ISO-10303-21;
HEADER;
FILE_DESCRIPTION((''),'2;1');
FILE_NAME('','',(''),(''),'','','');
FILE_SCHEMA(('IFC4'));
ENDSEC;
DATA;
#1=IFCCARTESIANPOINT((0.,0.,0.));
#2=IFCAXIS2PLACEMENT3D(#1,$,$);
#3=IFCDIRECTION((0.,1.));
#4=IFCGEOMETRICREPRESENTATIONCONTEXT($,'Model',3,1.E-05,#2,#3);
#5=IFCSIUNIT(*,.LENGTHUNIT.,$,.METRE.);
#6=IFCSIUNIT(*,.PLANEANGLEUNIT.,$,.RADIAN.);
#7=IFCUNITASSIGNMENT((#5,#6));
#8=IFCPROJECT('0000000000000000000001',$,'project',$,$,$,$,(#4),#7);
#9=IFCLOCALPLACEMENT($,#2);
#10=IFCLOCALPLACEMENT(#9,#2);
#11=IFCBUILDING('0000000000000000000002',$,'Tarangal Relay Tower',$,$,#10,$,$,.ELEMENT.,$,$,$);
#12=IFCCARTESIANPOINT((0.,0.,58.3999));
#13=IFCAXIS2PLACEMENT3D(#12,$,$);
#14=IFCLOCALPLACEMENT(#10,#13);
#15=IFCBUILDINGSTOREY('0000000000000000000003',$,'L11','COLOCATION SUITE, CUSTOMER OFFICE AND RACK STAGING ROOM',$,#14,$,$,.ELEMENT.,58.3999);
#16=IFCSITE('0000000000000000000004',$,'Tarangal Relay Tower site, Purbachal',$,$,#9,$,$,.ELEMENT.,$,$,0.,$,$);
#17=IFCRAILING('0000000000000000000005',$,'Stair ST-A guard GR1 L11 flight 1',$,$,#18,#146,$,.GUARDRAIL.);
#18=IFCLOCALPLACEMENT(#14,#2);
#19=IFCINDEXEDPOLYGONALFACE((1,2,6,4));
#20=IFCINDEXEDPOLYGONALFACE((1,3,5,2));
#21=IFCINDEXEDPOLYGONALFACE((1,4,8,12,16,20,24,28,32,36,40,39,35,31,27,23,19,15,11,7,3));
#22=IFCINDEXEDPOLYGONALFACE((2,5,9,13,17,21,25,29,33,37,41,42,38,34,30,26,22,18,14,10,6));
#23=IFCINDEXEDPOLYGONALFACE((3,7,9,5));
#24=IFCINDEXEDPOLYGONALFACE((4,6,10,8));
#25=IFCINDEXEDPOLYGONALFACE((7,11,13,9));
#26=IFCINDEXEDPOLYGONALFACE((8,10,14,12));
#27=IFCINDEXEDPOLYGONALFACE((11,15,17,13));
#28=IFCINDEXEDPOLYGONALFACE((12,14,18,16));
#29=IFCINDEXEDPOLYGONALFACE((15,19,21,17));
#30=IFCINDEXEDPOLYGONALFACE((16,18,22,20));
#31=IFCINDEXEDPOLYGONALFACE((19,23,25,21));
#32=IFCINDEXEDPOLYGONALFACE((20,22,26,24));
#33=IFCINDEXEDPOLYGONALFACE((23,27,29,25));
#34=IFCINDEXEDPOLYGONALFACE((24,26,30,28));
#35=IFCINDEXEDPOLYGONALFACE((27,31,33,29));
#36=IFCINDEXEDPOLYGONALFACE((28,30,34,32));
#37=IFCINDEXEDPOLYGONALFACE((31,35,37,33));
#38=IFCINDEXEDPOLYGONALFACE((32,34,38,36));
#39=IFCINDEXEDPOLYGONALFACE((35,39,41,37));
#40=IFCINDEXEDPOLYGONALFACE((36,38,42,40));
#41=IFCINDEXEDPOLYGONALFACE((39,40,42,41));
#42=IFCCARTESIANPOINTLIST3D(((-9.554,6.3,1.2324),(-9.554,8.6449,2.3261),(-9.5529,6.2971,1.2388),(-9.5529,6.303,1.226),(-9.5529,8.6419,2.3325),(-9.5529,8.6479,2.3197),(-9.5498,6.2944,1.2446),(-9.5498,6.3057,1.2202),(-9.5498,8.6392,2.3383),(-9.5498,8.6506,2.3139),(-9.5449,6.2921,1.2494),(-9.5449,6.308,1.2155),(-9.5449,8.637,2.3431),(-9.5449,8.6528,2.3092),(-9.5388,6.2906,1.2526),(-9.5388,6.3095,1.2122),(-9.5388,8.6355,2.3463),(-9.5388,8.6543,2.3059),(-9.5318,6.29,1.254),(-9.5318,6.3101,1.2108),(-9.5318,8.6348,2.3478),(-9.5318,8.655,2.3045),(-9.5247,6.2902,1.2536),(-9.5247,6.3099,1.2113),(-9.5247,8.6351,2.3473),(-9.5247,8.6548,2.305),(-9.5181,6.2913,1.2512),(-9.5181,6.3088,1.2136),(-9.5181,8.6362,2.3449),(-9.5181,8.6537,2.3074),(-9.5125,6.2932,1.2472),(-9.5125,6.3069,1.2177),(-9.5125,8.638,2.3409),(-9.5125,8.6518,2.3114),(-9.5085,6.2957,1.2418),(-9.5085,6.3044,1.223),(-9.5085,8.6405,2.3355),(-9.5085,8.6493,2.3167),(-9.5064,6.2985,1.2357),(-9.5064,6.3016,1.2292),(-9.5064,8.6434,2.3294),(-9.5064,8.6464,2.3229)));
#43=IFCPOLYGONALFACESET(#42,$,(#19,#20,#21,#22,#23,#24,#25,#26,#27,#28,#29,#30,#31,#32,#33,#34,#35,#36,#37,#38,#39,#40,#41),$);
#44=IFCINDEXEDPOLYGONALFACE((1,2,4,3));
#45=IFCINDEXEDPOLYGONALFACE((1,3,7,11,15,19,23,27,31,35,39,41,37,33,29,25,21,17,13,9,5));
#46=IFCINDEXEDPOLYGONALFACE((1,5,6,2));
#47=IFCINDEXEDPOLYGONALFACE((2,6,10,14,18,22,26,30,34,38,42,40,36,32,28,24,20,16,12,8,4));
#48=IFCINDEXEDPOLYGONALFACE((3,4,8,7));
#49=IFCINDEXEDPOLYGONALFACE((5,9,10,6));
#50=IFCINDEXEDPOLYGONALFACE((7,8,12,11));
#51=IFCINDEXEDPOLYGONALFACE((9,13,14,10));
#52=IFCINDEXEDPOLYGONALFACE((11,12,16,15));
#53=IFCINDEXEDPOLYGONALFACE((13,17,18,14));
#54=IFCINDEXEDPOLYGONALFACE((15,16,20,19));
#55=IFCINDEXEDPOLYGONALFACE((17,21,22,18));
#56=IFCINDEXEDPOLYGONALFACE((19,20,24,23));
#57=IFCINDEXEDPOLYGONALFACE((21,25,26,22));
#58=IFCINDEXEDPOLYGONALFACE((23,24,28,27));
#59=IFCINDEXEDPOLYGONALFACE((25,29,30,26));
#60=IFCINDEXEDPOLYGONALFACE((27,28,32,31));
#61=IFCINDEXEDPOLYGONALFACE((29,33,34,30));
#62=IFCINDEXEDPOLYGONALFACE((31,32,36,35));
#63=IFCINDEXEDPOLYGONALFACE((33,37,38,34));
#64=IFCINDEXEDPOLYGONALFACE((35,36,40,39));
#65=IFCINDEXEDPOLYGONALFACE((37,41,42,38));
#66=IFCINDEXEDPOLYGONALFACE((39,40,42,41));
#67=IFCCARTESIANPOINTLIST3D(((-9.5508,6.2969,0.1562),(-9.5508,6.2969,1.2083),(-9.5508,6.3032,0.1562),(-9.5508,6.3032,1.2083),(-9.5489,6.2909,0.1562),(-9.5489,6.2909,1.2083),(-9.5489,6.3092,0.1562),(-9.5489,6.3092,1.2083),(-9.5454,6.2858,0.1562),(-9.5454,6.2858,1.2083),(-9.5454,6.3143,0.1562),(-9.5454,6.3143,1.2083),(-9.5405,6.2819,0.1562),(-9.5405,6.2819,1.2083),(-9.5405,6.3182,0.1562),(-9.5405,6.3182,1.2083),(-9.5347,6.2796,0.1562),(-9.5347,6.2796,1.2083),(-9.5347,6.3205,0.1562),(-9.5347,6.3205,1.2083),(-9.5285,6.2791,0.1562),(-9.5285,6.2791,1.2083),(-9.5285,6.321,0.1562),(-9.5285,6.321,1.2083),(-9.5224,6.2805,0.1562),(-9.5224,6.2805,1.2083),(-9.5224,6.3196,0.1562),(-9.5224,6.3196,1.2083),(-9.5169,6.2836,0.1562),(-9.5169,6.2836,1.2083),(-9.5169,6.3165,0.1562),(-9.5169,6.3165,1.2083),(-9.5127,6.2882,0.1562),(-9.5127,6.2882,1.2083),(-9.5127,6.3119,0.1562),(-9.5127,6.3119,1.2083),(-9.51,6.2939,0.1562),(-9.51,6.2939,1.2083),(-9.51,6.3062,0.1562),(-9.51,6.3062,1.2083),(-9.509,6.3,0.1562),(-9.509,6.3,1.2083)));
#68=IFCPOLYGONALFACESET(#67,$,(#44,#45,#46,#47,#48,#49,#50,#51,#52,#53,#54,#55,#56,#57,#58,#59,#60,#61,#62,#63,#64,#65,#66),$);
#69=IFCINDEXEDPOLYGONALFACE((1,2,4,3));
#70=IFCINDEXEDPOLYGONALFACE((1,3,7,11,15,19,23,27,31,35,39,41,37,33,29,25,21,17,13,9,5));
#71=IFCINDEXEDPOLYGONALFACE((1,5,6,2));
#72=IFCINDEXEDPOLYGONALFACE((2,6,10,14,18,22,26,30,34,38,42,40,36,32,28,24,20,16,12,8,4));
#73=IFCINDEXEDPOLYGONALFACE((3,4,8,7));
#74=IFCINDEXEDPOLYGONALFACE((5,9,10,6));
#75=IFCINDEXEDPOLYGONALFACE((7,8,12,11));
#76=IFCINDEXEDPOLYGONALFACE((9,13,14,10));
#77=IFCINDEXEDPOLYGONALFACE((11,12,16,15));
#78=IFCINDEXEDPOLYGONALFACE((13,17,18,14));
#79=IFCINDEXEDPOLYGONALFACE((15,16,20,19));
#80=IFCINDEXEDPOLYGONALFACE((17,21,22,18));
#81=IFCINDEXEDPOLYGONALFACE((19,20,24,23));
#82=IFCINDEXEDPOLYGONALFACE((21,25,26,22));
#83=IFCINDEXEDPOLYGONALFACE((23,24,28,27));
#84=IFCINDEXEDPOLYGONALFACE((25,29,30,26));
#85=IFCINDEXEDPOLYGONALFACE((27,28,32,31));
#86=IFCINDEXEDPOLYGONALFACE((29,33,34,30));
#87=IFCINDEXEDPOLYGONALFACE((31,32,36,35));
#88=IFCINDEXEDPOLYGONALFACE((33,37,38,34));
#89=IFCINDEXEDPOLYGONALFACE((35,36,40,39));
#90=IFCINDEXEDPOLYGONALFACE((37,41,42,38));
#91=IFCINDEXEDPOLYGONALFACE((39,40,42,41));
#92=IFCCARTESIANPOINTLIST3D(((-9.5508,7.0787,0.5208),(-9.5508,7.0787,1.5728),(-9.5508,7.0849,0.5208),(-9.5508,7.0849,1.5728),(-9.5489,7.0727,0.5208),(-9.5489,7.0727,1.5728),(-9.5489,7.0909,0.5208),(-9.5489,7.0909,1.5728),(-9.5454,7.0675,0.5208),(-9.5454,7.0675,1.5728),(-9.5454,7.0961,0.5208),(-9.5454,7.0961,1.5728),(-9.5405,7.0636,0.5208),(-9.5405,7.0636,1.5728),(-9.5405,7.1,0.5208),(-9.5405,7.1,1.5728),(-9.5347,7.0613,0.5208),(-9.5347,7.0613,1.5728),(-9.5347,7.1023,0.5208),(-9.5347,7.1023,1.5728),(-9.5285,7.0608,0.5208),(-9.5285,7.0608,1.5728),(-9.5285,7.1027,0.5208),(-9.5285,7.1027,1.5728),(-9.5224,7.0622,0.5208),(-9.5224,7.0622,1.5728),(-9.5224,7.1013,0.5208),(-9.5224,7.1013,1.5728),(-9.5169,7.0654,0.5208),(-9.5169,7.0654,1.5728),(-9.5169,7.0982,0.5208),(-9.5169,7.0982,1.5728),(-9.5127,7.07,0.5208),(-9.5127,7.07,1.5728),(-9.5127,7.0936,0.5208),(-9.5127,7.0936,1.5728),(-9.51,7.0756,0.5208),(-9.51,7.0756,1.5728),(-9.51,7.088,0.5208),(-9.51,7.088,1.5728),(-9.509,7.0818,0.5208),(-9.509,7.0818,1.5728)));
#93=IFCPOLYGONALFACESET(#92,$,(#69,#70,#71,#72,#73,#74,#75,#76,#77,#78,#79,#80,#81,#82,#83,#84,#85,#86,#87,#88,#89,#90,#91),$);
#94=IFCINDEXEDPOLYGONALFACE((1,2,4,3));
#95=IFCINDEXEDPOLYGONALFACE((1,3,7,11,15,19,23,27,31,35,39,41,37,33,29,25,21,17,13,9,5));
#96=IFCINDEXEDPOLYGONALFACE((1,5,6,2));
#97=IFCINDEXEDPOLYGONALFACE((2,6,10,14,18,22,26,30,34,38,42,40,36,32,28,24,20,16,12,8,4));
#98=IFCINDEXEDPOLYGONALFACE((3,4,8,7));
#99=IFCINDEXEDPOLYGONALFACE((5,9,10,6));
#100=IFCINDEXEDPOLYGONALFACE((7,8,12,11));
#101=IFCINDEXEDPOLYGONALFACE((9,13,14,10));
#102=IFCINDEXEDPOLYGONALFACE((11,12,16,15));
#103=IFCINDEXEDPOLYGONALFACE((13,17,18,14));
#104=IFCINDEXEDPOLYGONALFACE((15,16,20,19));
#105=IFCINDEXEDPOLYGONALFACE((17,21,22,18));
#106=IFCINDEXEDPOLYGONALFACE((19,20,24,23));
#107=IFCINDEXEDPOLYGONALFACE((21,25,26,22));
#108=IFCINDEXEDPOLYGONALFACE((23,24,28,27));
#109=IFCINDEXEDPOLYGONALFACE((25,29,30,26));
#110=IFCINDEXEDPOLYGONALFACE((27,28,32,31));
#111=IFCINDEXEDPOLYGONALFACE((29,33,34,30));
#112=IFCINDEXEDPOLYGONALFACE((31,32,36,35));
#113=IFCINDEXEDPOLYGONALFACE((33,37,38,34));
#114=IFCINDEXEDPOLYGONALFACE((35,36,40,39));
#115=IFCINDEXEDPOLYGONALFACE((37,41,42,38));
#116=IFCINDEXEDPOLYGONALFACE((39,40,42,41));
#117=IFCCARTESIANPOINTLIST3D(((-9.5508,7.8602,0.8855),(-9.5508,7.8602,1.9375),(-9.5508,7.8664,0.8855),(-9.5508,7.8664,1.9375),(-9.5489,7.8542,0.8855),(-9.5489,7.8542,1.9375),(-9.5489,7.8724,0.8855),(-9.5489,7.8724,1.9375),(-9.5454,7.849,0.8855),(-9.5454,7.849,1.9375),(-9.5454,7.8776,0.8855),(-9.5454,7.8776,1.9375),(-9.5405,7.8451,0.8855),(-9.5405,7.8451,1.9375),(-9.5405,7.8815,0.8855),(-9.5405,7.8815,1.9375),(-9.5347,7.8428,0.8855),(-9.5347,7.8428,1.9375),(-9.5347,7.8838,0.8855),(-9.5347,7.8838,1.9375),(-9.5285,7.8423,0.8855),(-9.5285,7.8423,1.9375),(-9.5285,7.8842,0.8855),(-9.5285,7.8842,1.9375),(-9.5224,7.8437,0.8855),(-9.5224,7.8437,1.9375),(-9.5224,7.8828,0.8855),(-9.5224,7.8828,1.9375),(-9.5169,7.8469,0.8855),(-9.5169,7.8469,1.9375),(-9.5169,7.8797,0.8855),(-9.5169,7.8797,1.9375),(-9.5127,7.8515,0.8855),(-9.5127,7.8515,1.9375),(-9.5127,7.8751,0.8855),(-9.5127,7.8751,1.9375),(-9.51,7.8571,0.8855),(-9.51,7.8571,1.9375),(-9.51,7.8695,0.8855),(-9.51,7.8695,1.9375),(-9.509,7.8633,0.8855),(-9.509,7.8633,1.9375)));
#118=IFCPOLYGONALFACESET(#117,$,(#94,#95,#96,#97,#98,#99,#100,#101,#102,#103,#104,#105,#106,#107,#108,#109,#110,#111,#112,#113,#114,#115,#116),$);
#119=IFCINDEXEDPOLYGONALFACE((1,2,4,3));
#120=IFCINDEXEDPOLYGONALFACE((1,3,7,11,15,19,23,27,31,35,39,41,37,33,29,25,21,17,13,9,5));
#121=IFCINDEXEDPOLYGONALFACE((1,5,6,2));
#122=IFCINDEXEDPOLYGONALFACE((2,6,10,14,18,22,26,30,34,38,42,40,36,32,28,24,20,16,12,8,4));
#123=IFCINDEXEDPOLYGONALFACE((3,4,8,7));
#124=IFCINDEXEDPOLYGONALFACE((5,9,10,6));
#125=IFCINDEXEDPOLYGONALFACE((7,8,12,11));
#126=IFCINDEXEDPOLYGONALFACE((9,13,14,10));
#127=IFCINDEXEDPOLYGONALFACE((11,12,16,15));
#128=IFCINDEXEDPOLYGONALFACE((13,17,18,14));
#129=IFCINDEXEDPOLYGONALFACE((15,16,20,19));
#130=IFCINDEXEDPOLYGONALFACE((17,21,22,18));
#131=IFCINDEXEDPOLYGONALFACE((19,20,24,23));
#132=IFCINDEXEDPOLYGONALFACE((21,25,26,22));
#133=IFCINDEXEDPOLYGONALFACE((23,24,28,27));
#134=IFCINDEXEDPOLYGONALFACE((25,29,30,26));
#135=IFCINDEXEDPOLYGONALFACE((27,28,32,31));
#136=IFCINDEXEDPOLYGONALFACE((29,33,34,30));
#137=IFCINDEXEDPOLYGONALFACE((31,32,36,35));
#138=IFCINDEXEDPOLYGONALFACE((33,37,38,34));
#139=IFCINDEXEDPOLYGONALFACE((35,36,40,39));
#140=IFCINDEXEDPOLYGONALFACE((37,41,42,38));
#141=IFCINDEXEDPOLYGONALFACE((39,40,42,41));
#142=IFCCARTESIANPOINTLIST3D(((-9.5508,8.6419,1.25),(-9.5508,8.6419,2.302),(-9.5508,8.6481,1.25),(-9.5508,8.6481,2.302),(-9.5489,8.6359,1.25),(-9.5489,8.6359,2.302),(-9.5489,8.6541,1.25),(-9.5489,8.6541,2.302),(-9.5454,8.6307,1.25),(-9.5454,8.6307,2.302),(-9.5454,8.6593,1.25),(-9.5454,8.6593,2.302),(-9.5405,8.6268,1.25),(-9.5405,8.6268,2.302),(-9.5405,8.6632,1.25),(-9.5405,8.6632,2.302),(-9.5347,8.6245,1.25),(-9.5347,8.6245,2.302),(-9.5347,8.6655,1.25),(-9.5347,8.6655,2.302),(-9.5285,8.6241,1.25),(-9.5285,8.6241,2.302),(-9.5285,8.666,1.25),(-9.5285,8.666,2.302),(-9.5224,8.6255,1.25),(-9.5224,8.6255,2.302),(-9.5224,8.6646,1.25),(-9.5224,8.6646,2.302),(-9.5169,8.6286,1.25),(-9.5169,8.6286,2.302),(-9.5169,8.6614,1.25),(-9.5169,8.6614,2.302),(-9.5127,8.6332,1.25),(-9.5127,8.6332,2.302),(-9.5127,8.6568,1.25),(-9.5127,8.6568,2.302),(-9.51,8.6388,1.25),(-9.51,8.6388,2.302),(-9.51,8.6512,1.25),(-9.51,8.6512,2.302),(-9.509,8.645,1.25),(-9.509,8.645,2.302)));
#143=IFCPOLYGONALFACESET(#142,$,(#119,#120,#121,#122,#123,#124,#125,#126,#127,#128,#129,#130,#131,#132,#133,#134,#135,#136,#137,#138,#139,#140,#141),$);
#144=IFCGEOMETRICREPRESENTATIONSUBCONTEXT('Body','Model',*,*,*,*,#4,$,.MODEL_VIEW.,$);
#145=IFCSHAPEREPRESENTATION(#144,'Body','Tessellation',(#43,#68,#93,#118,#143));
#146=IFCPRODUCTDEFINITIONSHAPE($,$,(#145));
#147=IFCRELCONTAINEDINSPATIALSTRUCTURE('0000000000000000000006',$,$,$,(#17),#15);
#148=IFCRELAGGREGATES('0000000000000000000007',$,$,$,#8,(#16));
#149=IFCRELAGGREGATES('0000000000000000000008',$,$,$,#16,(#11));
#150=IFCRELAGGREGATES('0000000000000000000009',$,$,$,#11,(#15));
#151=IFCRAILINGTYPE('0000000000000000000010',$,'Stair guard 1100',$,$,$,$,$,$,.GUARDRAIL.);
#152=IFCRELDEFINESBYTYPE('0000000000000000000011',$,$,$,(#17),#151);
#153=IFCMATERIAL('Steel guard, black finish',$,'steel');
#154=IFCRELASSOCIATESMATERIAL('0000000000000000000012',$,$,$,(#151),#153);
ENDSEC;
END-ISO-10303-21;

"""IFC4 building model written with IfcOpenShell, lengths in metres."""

from ifc_helpers import new_model, si_unit, direction, frame, origin, origin_2d, place, context, subcontext, project, spatial, circle, extrude, material, type_object, element, save


model = new_model("IFC4")

# Units and contexts
model_context = context("Model", 3, precision=1e-05, world=origin(), true_north=direction((0.0, 1.0)))
body_context = subcontext(model_context, "Body", "Model", "MODEL_VIEW")
ifc_project = project(units=[si_unit("LENGTHUNIT", "METRE"), si_unit("PLANEANGLEUNIT", "RADIAN")], contexts=[model_context])

# Site, building, storey
site_placement = place(None, origin())
site = spatial("IfcSite", under=ifc_project, at=site_placement, Name="Tarangal Relay Tower site, Purbachal", CompositionType="ELEMENT", RefElevation=0.0)
building_placement = place(site_placement, origin())
building = spatial("IfcBuilding", under=site, at=building_placement, Name="Tarangal Relay Tower", CompositionType="ELEMENT")
storey_placement = place(building_placement, frame((0.0, 0.0, 58.3999)))
storey = spatial("IfcBuildingStorey", under=building, at=storey_placement, Name="L11", Description="COLOCATION SUITE, CUSTOMER OFFICE AND RACK STAGING ROOM", CompositionType="ELEMENT", Elevation=58.3999)

# Railing
ifc_material_1 = material(Name="Steel guard, black finish", Category="steel")
railing_type_1 = type_object("IfcRailingType", Name="Stair guard 1100", PredefinedType="GUARDRAIL", material=ifc_material_1)
railing_placement = place(storey_placement, frame((-9.53, 6.3, 0.1562)))
element("IfcRailing", 1, at=railing_placement, inside=storey, type_object=railing_type_1, Name="Stair ST-A guard GR1 L11 flight 1", PredefinedType="GUARDRAIL", context=body_context, shape_type="SweptSolid", body=[
    extrude(circle(Radius=0.0239, at=origin_2d()), frame((0.0, 0.0, 1.0762), z_axis=(0.0, 0.906267, 0.422705), x_axis=(-1.0, 0.0, 0.0)), (0.0, 0.0, 1.0), 2.5874),
    extrude(circle(Radius=0.021, at=origin_2d()), origin(), (0.0, 0.0, 1.0), 1.052),
    extrude(circle(Radius=0.021, at=origin_2d()), frame((0.0, 0.7817, 0.3645)), (0.0, 0.0, 1.0), 1.052),
    extrude(circle(Radius=0.021, at=origin_2d()), frame((0.0, 1.5632, 0.7292)), (0.0, 0.0, 1.0), 1.052),
    extrude(circle(Radius=0.021, at=origin_2d()), frame((0.0, 2.345, 1.0938)), (0.0, 0.0, 1.0), 1.052),
])

save(model, "model.ifc")
